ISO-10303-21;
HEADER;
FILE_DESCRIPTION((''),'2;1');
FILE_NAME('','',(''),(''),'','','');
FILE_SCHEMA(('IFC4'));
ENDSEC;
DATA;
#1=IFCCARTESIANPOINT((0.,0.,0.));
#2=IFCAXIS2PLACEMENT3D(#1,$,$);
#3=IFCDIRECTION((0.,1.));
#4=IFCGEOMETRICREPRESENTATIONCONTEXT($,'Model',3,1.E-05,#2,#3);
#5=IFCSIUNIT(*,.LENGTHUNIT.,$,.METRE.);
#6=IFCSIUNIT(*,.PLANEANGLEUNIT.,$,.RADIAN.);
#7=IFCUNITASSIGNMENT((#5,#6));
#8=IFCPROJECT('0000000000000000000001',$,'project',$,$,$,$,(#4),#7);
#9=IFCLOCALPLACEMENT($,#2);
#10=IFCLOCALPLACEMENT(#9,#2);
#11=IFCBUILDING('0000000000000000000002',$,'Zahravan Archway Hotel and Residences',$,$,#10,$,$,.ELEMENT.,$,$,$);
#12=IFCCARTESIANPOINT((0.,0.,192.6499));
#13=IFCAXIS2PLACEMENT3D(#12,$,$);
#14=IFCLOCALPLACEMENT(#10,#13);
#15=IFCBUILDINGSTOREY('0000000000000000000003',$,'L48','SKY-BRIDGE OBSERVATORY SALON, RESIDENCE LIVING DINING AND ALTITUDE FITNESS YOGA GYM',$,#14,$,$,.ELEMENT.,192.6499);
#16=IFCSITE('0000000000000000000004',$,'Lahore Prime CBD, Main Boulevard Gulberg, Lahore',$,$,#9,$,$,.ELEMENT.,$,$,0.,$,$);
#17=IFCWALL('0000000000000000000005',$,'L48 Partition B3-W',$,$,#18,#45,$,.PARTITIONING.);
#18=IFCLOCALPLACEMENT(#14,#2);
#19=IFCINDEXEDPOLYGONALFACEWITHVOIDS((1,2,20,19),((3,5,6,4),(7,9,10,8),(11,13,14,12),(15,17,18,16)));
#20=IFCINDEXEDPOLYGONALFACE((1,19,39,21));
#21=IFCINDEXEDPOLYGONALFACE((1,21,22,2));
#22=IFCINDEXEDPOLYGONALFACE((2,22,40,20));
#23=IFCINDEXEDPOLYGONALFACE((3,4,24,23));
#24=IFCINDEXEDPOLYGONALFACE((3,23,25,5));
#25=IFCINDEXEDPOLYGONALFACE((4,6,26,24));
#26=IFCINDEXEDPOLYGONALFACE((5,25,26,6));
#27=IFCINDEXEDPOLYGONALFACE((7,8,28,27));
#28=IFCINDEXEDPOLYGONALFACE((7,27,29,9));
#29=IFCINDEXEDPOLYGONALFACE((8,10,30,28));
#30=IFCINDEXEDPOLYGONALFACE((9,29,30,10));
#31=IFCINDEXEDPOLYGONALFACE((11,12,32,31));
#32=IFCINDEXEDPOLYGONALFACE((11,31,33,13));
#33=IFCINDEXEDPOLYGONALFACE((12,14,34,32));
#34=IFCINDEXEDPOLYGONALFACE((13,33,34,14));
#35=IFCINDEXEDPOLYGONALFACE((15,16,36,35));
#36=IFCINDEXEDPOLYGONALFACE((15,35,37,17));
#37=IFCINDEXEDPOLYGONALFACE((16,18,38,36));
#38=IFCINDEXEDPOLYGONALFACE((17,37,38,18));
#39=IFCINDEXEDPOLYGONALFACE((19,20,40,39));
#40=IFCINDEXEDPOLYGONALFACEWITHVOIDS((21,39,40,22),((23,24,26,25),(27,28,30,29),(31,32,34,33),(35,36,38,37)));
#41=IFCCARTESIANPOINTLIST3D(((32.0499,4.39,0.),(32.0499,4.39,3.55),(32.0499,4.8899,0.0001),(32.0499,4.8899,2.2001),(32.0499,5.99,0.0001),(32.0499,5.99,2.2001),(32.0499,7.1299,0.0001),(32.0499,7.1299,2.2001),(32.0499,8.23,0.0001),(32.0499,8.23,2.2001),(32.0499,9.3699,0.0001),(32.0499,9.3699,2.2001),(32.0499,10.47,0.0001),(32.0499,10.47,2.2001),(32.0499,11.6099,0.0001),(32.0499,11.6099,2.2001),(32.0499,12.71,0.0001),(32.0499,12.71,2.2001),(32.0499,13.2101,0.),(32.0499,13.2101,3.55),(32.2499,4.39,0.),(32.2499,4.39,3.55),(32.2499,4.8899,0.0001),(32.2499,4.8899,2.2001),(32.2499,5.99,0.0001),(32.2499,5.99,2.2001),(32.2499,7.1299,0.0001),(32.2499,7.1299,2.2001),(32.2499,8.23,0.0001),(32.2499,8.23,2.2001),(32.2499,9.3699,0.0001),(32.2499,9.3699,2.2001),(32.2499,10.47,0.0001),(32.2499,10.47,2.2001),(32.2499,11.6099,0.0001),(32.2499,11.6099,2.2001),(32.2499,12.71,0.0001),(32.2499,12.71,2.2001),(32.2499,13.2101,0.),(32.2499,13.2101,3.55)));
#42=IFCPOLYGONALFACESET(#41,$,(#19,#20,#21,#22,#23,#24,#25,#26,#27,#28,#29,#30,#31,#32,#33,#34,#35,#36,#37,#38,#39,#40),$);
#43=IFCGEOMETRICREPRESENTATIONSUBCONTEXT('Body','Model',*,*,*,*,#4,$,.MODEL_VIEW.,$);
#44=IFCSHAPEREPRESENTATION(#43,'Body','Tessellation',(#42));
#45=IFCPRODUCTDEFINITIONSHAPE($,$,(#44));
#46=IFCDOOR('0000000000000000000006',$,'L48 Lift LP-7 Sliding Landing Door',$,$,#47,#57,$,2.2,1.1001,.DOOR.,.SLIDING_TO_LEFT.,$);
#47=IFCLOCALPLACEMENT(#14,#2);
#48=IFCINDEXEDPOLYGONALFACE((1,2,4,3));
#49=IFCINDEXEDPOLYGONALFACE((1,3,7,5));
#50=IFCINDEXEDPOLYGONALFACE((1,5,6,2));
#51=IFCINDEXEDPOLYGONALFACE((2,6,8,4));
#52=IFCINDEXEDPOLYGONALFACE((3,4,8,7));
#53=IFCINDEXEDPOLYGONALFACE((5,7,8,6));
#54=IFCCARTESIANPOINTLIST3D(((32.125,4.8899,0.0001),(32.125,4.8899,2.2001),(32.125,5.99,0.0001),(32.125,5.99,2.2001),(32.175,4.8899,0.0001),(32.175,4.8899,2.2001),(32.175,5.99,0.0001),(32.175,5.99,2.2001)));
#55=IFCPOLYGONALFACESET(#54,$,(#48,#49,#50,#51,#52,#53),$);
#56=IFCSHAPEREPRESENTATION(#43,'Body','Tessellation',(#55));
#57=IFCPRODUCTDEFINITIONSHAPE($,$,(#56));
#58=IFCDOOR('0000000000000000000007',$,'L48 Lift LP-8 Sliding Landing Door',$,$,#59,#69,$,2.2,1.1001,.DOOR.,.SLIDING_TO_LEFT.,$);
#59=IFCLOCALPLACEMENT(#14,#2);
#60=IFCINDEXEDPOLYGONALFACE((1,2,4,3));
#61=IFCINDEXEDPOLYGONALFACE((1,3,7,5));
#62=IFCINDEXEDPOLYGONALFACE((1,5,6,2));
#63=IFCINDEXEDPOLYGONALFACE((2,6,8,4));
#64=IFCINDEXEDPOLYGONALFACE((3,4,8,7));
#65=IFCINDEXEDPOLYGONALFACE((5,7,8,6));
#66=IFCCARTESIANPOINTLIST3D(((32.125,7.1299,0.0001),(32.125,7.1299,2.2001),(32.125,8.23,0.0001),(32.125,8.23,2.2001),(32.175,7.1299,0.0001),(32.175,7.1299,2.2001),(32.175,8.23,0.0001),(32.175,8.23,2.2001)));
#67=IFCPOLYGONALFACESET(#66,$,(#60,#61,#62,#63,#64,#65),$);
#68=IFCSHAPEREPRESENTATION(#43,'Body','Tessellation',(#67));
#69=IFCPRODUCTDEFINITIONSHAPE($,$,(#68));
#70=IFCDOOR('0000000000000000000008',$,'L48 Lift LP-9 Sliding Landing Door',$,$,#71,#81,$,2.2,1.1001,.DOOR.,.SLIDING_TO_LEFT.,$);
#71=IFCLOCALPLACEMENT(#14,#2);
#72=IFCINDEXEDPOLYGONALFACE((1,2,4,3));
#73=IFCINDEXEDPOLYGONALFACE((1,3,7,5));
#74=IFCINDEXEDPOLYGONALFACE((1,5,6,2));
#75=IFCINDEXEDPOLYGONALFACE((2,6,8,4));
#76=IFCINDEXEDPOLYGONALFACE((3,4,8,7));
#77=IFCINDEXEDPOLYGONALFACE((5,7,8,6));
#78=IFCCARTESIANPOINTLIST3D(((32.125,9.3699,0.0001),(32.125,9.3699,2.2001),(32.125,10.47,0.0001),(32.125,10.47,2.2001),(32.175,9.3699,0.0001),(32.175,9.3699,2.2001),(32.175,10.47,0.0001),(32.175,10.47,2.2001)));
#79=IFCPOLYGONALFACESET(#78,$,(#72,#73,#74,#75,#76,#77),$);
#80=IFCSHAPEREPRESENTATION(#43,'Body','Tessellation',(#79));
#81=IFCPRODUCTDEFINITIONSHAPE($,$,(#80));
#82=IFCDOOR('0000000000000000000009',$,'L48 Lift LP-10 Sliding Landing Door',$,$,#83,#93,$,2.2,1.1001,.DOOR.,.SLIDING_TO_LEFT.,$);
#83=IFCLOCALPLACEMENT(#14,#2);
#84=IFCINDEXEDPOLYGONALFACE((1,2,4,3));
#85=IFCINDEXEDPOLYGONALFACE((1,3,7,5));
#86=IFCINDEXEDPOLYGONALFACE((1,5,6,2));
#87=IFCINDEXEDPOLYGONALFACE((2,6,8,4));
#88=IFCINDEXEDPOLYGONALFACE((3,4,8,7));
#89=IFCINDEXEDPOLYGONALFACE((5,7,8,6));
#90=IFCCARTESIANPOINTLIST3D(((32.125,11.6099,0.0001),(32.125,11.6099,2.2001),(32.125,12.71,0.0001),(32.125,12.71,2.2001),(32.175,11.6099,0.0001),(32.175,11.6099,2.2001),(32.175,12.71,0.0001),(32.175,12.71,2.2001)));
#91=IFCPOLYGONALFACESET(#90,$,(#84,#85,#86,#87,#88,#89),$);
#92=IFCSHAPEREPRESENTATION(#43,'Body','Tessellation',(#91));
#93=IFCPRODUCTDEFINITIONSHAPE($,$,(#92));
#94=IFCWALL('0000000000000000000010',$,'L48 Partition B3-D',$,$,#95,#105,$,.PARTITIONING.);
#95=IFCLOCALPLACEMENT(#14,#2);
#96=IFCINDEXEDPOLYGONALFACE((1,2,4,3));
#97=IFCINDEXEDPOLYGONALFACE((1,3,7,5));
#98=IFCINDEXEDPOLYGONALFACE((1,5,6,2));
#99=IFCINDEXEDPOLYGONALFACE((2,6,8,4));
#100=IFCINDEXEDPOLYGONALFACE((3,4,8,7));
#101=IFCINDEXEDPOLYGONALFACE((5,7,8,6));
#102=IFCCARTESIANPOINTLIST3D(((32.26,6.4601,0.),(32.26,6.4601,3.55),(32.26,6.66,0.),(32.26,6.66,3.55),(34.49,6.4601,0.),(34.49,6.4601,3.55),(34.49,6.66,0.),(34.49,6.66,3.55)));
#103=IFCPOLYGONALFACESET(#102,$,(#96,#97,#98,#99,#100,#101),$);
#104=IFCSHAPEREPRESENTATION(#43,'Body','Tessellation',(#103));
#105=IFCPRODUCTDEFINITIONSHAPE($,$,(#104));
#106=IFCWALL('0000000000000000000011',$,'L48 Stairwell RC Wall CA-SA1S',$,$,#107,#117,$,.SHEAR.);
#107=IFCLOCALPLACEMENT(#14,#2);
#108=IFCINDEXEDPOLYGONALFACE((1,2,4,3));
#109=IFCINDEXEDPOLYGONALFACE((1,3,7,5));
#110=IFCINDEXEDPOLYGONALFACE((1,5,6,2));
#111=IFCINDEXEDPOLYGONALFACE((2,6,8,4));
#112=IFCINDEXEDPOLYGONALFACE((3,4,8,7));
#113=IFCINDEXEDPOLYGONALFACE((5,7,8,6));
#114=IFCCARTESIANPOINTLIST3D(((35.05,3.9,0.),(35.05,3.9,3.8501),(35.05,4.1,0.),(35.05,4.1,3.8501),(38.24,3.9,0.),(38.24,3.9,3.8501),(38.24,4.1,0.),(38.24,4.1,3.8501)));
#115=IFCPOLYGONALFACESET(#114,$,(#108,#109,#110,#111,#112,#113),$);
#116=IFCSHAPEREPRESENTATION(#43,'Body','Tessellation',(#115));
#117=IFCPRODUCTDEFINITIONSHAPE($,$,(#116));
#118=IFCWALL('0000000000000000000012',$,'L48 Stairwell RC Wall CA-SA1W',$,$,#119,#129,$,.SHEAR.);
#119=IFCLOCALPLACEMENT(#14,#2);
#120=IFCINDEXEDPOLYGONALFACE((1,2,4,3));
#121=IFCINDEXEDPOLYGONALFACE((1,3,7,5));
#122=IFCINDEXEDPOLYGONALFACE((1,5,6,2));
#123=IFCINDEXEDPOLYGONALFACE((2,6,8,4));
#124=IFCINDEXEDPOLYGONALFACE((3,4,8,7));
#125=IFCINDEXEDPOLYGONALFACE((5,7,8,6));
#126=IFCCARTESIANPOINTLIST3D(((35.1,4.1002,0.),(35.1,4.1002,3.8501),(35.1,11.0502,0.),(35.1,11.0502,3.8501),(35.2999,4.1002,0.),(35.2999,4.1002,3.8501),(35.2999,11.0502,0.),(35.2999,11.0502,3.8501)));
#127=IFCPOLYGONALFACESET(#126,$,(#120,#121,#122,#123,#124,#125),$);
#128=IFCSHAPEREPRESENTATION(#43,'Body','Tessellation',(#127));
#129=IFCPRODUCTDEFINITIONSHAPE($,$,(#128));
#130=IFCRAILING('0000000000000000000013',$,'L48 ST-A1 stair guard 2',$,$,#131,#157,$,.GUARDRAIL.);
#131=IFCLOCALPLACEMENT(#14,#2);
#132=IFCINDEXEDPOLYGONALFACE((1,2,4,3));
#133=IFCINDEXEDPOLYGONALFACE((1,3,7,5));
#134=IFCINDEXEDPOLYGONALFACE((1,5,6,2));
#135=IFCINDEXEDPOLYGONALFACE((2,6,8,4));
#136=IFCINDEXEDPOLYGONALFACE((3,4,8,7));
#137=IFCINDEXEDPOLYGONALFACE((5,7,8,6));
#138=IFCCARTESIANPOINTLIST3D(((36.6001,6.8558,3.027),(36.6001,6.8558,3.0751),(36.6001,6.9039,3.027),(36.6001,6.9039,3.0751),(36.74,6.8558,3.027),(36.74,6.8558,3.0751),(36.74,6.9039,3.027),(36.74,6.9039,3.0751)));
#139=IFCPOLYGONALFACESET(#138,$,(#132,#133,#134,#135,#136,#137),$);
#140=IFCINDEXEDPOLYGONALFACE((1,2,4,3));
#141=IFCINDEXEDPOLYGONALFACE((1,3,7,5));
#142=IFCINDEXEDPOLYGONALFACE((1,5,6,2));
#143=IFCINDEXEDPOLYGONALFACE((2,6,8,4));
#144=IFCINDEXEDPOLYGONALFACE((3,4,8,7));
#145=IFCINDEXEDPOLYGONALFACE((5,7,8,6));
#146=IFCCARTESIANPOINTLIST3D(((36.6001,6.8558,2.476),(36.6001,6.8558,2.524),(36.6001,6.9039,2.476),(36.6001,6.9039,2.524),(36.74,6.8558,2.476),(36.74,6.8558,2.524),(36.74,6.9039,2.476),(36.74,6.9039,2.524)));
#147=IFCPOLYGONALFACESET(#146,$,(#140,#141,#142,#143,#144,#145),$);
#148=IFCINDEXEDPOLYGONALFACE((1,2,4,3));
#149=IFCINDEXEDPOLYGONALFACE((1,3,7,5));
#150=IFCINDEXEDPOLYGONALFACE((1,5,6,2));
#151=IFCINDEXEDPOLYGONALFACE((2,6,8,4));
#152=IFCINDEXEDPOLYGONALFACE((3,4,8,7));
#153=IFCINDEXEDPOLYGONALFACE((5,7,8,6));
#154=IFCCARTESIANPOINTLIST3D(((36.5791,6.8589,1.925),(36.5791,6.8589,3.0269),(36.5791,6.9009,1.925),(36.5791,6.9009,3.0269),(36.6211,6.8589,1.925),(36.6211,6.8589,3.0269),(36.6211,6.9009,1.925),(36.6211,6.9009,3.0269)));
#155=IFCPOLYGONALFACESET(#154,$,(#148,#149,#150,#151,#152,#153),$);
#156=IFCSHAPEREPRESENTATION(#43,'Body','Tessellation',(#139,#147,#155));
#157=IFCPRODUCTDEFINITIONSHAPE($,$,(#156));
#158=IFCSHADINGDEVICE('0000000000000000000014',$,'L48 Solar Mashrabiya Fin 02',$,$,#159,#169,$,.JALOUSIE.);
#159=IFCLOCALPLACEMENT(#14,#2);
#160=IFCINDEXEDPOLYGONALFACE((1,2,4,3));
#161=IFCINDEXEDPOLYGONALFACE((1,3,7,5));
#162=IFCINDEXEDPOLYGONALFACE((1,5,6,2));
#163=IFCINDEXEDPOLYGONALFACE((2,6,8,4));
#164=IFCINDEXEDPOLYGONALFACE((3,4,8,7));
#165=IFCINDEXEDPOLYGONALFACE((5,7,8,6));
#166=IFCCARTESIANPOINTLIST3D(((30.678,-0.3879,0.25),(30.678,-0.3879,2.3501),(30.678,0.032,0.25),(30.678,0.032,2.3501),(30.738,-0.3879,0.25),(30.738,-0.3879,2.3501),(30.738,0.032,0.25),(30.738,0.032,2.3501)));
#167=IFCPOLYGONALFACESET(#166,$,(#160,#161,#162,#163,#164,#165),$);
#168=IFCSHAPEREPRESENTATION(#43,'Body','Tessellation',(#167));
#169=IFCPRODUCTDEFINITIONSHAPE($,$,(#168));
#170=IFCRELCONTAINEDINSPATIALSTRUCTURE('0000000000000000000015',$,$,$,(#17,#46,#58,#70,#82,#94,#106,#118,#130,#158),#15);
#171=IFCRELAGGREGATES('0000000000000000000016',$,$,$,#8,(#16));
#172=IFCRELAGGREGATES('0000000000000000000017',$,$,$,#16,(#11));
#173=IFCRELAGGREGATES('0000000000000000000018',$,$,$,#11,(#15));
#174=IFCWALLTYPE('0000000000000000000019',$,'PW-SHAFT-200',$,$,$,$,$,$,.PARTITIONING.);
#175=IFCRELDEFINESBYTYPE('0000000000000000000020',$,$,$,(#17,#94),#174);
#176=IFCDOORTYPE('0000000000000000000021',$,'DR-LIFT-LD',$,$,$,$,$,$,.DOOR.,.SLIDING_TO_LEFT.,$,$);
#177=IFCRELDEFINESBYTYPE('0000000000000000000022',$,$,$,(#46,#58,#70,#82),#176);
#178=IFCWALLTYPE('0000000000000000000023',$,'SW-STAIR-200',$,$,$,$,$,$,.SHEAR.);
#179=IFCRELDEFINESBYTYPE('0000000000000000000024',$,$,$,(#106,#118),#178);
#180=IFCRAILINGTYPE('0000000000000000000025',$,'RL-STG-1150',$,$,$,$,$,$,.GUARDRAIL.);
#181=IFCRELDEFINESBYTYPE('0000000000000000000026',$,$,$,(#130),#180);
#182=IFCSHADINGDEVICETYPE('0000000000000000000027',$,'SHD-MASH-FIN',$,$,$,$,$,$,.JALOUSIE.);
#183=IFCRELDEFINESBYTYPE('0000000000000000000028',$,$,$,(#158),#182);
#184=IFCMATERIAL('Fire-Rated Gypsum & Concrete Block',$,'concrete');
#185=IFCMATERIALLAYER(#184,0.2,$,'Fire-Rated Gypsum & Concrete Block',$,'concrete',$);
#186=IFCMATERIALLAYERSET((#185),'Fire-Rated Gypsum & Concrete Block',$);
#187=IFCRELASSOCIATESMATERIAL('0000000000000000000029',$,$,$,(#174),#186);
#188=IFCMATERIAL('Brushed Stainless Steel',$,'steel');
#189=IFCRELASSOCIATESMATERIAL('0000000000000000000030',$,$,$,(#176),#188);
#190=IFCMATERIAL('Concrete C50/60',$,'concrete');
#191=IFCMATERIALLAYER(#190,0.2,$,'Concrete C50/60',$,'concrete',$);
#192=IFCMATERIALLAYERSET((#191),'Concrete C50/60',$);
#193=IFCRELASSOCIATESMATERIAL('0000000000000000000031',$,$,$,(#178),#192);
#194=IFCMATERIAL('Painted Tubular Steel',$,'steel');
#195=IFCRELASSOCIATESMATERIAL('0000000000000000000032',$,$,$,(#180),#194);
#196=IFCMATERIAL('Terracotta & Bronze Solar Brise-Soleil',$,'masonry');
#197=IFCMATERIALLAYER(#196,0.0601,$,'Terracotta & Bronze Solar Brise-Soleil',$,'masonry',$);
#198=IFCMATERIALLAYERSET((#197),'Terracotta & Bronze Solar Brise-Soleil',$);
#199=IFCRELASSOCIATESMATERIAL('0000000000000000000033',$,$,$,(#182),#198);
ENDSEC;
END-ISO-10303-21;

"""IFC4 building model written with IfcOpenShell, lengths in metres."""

from ifc_helpers import new_model, si_unit, direction, frame, frame_2d, origin, origin_2d, place, context, subcontext, project, spatial, rectangle, extrude, source, transform, mapped, material, layer, layer_set, type_object, type_shapes, element, fill, save


model = new_model("IFC4")

# Units and contexts
model_context = context("Model", 3, precision=1e-05, world=origin(), true_north=direction((0.0, 1.0)))
body_context = subcontext(model_context, "Body", "Model", "MODEL_VIEW")
ifc_project = project(units=[si_unit("LENGTHUNIT", "METRE"), si_unit("PLANEANGLEUNIT", "RADIAN")], contexts=[model_context])

# Site, building, storey
site_placement = place(None, origin())
site = spatial("IfcSite", under=ifc_project, at=site_placement, Name="Lahore Prime CBD, Main Boulevard Gulberg, Lahore", CompositionType="ELEMENT", RefElevation=0.0)
building_placement = place(site_placement, origin())
building = spatial("IfcBuilding", under=site, at=building_placement, Name="Zahravan Archway Hotel and Residences", CompositionType="ELEMENT")
storey_placement = place(building_placement, frame((0.0, 0.0, 192.6499)))
storey = spatial("IfcBuildingStorey", under=building, at=storey_placement, Name="L48", Description="SKY-BRIDGE OBSERVATORY SALON, RESIDENCE LIVING DINING AND ALTITUDE FITNESS YOGA GYM", CompositionType="ELEMENT", Elevation=192.6499)

# Shared definitions
ifc_material_1 = material(Name="Fire-Rated Gypsum & Concrete Block", Category="concrete")

# Shared definitions
ifc_layer_1 = layer(ifc_material_1, 0.2, Name="Fire-Rated Gypsum & Concrete Block", Category="concrete")
ifc_layer_set_1 = layer_set([ifc_layer_1], Name="Fire-Rated Gypsum & Concrete Block")
wall_type_1 = type_object("IfcWallType", Name="PW-SHAFT-200", PredefinedType="PARTITIONING", material=ifc_layer_set_1)

# Wall, openings, doors
wall_1_placement = place(storey_placement, frame((32.1499, 4.3899, 0.0), z_axis=(0.0, 0.0, 1.0), x_axis=(0.0, 1.0, 0.0)))
wall_1 = element("IfcWall", 1, at=wall_1_placement, inside=storey, type_object=wall_type_1, Name="L48 Partition B3-W", PredefinedType="PARTITIONING", context=body_context, shape_type="SweptSolid", body=[
    extrude(rectangle(XDim=8.8201, YDim=0.2, at=frame_2d((4.4102, 0.0))), origin(), (0.0, 0.0, 1.0), 3.55),
])
opening_1_placement = place(wall_1_placement, frame((0.5, 0.0, 0.0)))
opening_1 = element("IfcOpeningElement", 2, at=opening_1_placement, cuts=wall_1, PredefinedType="OPENING", context=body_context, shape_type="SweptSolid", body=[
    extrude(rectangle(XDim=1.1001, YDim=2.2, at=frame_2d((0.55, 1.1001))), frame((0.0, 0.1099, 0.0), z_axis=(0.0, -1.0, 0.0), x_axis=(1.0, 0.0, 0.0)), (0.0, 0.0, 1.0), 0.22),
])
opening_2_placement = place(wall_1_placement, frame((2.74, 0.0, 0.0)))
opening_2 = element("IfcOpeningElement", 3, at=opening_2_placement, cuts=wall_1, PredefinedType="OPENING", context=body_context, shape_type="SweptSolid", body=[
    extrude(rectangle(XDim=1.1001, YDim=2.2, at=frame_2d((0.55, 1.1001))), frame((0.0, 0.1099, 0.0), z_axis=(0.0, -1.0, 0.0), x_axis=(1.0, 0.0, 0.0)), (0.0, 0.0, 1.0), 0.22),
])
opening_3_placement = place(wall_1_placement, frame((4.98, 0.0, 0.0)))
opening_3 = element("IfcOpeningElement", 4, at=opening_3_placement, cuts=wall_1, PredefinedType="OPENING", context=body_context, shape_type="SweptSolid", body=[
    extrude(rectangle(XDim=1.1001, YDim=2.2, at=frame_2d((0.55, 1.1001))), frame((0.0, 0.1099, 0.0), z_axis=(0.0, -1.0, 0.0), x_axis=(1.0, 0.0, 0.0)), (0.0, 0.0, 1.0), 0.22),
])
opening_4_placement = place(wall_1_placement, frame((7.22, 0.0, 0.0)))
opening_4 = element("IfcOpeningElement", 5, at=opening_4_placement, cuts=wall_1, PredefinedType="OPENING", context=body_context, shape_type="SweptSolid", body=[
    extrude(rectangle(XDim=1.1001, YDim=2.2, at=frame_2d((0.55, 1.1001))), frame((0.0, 0.1099, 0.0), z_axis=(0.0, -1.0, 0.0), x_axis=(1.0, 0.0, 0.0)), (0.0, 0.0, 1.0), 0.22),
])
ifc_material_2 = material(Name="Brushed Stainless Steel", Category="steel")
door_type_1 = type_object("IfcDoorType", Name="DR-LIFT-LD", OperationType="SLIDING_TO_LEFT", PredefinedType="DOOR", material=ifc_material_2)
shared_shape_1 = source(origin(), body_context, "Body", "SweptSolid", [
    extrude(rectangle(XDim=1.1001, YDim=2.2, at=frame_2d((0.55, 1.1001))), frame((0.0, 0.0249, 0.0), z_axis=(0.0, -1.0, 0.0), x_axis=(1.0, 0.0, 0.0)), (0.0, 0.0, 1.0), 0.05),
])
type_shapes(door_type_1, [shared_shape_1])
door_1_placement = place(opening_1_placement, origin())
door_1 = element("IfcDoor", 6, at=door_1_placement, inside=storey, type_object=door_type_1, Name="L48 Lift LP-7 Sliding Landing Door", OperationType="SLIDING_TO_LEFT", OverallHeight=2.2, OverallWidth=1.1001, PredefinedType="DOOR", context=body_context, shape_type="MappedRepresentation", body=[
    mapped(shared_shape_1, transform((0.0, 0.0, 0.0), scale=1.0)),
])
fill(opening_1, door_1)
door_2_placement = place(opening_2_placement, origin())
door_2 = element("IfcDoor", 7, at=door_2_placement, inside=storey, type_object=door_type_1, Name="L48 Lift LP-8 Sliding Landing Door", OperationType="SLIDING_TO_LEFT", OverallHeight=2.2, OverallWidth=1.1001, PredefinedType="DOOR", context=body_context, shape_type="MappedRepresentation", body=[
    mapped(shared_shape_1, transform((0.0, 0.0, 0.0), scale=1.0)),
])
fill(opening_2, door_2)
door_3_placement = place(opening_3_placement, origin())
door_3 = element("IfcDoor", 8, at=door_3_placement, inside=storey, type_object=door_type_1, Name="L48 Lift LP-9 Sliding Landing Door", OperationType="SLIDING_TO_LEFT", OverallHeight=2.2, OverallWidth=1.1001, PredefinedType="DOOR", context=body_context, shape_type="MappedRepresentation", body=[
    mapped(shared_shape_1, transform((0.0, 0.0, 0.0), scale=1.0)),
])
fill(opening_3, door_3)
door_4_placement = place(opening_4_placement, origin())
door_4 = element("IfcDoor", 9, at=door_4_placement, inside=storey, type_object=door_type_1, Name="L48 Lift LP-10 Sliding Landing Door", OperationType="SLIDING_TO_LEFT", OverallHeight=2.2, OverallWidth=1.1001, PredefinedType="DOOR", context=body_context, shape_type="MappedRepresentation", body=[
    mapped(shared_shape_1, transform((0.0, 0.0, 0.0), scale=1.0)),
])
fill(opening_4, door_4)

# Walls
wall_2_placement = place(storey_placement, frame((32.26, 6.5601, 0.0), z_axis=(0.0, 0.0, 1.0), x_axis=(1.0, 0.0, 0.0)))
element("IfcWall", 10, at=wall_2_placement, inside=storey, type_object=wall_type_1, Name="L48 Partition B3-D", PredefinedType="PARTITIONING", context=body_context, shape_type="SweptSolid", body=[
    extrude(rectangle(XDim=2.23, YDim=0.2, at=frame_2d((1.115, 0.0))), origin(), (0.0, 0.0, 1.0), 3.55),
])
ifc_material_3 = material(Name="Concrete C50/60", Category="concrete")
ifc_layer_2 = layer(ifc_material_3, 0.2, Name="Concrete C50/60", Category="concrete")
ifc_layer_set_2 = layer_set([ifc_layer_2], Name="Concrete C50/60")
wall_type_2 = type_object("IfcWallType", Name="SW-STAIR-200", PredefinedType="SHEAR", material=ifc_layer_set_2)
wall_3_placement = place(storey_placement, frame((35.05, 4.0, 0.0), z_axis=(0.0, 0.0, 1.0), x_axis=(1.0, 0.0, 0.0)))
element("IfcWall", 11, at=wall_3_placement, inside=storey, type_object=wall_type_2, Name="L48 Stairwell RC Wall CA-SA1S", PredefinedType="SHEAR", context=body_context, shape_type="SweptSolid", body=[
    extrude(rectangle(XDim=3.1899, YDim=0.2, at=frame_2d((1.595, 0.0))), origin(), (0.0, 0.0, 1.0), 3.8501),
])
wall_4_placement = place(storey_placement, frame((35.2, 4.1001, 0.0), z_axis=(0.0, 0.0, 1.0), x_axis=(0.0, 1.0, 0.0)))
element("IfcWall", 12, at=wall_4_placement, inside=storey, type_object=wall_type_2, Name="L48 Stairwell RC Wall CA-SA1W", PredefinedType="SHEAR", context=body_context, shape_type="SweptSolid", body=[
    extrude(rectangle(XDim=6.95, YDim=0.2, at=frame_2d((3.4751, 0.0))), origin(), (0.0, 0.0, 1.0), 3.8501),
])

# Railing
ifc_material_4 = material(Name="Painted Tubular Steel", Category="steel")
railing_type = type_object("IfcRailingType", Name="RL-STG-1150", PredefinedType="GUARDRAIL", material=ifc_material_4)
railing_placement = place(storey_placement, frame((36.6001, 6.8799, 1.925)))
element("IfcRailing", 13, at=railing_placement, inside=storey, type_object=railing_type, Name="L48 ST-A1 stair guard 2", PredefinedType="GUARDRAIL", context=body_context, shape_type="SweptSolid", body=[
    extrude(rectangle(XDim=0.0481, YDim=0.0481, at=origin_2d()), frame((0.0, 0.0, 1.126), z_axis=(1.0, 0.0, 0.0), x_axis=(0.0, 1.0, 0.0)), (0.0, 0.0, 1.0), 0.1399),
    extrude(rectangle(XDim=0.0481, YDim=0.0481, at=origin_2d()), frame((0.0, 0.0, 0.575), z_axis=(1.0, 0.0, 0.0), x_axis=(0.0, 1.0, 0.0)), (0.0, 0.0, 1.0), 0.1399),
    extrude(rectangle(XDim=0.042, YDim=0.042, at=origin_2d()), origin(), (0.0, 0.0, 1.0), 1.1018),
])

# Shading device
ifc_material_5 = material(Name="Terracotta & Bronze Solar Brise-Soleil", Category="masonry")
ifc_layer_3 = layer(ifc_material_5, 0.0601, Name="Terracotta & Bronze Solar Brise-Soleil", Category="masonry")
ifc_layer_set_3 = layer_set([ifc_layer_3], Name="Terracotta & Bronze Solar Brise-Soleil")
shading_device_type = type_object("IfcShadingDeviceType", Name="SHD-MASH-FIN", PredefinedType="JALOUSIE", material=ifc_layer_set_3)
shared_shape_2 = source(origin(), body_context, "Body", "SweptSolid", [
    extrude(rectangle(XDim=0.0601, YDim=0.4199, at=origin_2d()), origin(), (0.0, 0.0, 1.0), 2.1001),
])
type_shapes(shading_device_type, [shared_shape_2])
for number, where, z_axis, x_axis, name in (
    (14, (30.708, -0.178, 0.25), (0.0, 0.0, 1.0), (1.0, 0.0, 0.0), "L48 Solar Mashrabiya Fin 02"),
):
    element("IfcShadingDevice", number, at=place(storey_placement, frame(where, z_axis=z_axis, x_axis=x_axis)), inside=storey, type_object=shading_device_type, Name=name, PredefinedType="JALOUSIE", context=body_context, shape_type="MappedRepresentation", body=[
        mapped(shared_shape_2, transform((0.0, 0.0, 0.0), scale=1.0)),
    ])

save(model, "model.ifc")
